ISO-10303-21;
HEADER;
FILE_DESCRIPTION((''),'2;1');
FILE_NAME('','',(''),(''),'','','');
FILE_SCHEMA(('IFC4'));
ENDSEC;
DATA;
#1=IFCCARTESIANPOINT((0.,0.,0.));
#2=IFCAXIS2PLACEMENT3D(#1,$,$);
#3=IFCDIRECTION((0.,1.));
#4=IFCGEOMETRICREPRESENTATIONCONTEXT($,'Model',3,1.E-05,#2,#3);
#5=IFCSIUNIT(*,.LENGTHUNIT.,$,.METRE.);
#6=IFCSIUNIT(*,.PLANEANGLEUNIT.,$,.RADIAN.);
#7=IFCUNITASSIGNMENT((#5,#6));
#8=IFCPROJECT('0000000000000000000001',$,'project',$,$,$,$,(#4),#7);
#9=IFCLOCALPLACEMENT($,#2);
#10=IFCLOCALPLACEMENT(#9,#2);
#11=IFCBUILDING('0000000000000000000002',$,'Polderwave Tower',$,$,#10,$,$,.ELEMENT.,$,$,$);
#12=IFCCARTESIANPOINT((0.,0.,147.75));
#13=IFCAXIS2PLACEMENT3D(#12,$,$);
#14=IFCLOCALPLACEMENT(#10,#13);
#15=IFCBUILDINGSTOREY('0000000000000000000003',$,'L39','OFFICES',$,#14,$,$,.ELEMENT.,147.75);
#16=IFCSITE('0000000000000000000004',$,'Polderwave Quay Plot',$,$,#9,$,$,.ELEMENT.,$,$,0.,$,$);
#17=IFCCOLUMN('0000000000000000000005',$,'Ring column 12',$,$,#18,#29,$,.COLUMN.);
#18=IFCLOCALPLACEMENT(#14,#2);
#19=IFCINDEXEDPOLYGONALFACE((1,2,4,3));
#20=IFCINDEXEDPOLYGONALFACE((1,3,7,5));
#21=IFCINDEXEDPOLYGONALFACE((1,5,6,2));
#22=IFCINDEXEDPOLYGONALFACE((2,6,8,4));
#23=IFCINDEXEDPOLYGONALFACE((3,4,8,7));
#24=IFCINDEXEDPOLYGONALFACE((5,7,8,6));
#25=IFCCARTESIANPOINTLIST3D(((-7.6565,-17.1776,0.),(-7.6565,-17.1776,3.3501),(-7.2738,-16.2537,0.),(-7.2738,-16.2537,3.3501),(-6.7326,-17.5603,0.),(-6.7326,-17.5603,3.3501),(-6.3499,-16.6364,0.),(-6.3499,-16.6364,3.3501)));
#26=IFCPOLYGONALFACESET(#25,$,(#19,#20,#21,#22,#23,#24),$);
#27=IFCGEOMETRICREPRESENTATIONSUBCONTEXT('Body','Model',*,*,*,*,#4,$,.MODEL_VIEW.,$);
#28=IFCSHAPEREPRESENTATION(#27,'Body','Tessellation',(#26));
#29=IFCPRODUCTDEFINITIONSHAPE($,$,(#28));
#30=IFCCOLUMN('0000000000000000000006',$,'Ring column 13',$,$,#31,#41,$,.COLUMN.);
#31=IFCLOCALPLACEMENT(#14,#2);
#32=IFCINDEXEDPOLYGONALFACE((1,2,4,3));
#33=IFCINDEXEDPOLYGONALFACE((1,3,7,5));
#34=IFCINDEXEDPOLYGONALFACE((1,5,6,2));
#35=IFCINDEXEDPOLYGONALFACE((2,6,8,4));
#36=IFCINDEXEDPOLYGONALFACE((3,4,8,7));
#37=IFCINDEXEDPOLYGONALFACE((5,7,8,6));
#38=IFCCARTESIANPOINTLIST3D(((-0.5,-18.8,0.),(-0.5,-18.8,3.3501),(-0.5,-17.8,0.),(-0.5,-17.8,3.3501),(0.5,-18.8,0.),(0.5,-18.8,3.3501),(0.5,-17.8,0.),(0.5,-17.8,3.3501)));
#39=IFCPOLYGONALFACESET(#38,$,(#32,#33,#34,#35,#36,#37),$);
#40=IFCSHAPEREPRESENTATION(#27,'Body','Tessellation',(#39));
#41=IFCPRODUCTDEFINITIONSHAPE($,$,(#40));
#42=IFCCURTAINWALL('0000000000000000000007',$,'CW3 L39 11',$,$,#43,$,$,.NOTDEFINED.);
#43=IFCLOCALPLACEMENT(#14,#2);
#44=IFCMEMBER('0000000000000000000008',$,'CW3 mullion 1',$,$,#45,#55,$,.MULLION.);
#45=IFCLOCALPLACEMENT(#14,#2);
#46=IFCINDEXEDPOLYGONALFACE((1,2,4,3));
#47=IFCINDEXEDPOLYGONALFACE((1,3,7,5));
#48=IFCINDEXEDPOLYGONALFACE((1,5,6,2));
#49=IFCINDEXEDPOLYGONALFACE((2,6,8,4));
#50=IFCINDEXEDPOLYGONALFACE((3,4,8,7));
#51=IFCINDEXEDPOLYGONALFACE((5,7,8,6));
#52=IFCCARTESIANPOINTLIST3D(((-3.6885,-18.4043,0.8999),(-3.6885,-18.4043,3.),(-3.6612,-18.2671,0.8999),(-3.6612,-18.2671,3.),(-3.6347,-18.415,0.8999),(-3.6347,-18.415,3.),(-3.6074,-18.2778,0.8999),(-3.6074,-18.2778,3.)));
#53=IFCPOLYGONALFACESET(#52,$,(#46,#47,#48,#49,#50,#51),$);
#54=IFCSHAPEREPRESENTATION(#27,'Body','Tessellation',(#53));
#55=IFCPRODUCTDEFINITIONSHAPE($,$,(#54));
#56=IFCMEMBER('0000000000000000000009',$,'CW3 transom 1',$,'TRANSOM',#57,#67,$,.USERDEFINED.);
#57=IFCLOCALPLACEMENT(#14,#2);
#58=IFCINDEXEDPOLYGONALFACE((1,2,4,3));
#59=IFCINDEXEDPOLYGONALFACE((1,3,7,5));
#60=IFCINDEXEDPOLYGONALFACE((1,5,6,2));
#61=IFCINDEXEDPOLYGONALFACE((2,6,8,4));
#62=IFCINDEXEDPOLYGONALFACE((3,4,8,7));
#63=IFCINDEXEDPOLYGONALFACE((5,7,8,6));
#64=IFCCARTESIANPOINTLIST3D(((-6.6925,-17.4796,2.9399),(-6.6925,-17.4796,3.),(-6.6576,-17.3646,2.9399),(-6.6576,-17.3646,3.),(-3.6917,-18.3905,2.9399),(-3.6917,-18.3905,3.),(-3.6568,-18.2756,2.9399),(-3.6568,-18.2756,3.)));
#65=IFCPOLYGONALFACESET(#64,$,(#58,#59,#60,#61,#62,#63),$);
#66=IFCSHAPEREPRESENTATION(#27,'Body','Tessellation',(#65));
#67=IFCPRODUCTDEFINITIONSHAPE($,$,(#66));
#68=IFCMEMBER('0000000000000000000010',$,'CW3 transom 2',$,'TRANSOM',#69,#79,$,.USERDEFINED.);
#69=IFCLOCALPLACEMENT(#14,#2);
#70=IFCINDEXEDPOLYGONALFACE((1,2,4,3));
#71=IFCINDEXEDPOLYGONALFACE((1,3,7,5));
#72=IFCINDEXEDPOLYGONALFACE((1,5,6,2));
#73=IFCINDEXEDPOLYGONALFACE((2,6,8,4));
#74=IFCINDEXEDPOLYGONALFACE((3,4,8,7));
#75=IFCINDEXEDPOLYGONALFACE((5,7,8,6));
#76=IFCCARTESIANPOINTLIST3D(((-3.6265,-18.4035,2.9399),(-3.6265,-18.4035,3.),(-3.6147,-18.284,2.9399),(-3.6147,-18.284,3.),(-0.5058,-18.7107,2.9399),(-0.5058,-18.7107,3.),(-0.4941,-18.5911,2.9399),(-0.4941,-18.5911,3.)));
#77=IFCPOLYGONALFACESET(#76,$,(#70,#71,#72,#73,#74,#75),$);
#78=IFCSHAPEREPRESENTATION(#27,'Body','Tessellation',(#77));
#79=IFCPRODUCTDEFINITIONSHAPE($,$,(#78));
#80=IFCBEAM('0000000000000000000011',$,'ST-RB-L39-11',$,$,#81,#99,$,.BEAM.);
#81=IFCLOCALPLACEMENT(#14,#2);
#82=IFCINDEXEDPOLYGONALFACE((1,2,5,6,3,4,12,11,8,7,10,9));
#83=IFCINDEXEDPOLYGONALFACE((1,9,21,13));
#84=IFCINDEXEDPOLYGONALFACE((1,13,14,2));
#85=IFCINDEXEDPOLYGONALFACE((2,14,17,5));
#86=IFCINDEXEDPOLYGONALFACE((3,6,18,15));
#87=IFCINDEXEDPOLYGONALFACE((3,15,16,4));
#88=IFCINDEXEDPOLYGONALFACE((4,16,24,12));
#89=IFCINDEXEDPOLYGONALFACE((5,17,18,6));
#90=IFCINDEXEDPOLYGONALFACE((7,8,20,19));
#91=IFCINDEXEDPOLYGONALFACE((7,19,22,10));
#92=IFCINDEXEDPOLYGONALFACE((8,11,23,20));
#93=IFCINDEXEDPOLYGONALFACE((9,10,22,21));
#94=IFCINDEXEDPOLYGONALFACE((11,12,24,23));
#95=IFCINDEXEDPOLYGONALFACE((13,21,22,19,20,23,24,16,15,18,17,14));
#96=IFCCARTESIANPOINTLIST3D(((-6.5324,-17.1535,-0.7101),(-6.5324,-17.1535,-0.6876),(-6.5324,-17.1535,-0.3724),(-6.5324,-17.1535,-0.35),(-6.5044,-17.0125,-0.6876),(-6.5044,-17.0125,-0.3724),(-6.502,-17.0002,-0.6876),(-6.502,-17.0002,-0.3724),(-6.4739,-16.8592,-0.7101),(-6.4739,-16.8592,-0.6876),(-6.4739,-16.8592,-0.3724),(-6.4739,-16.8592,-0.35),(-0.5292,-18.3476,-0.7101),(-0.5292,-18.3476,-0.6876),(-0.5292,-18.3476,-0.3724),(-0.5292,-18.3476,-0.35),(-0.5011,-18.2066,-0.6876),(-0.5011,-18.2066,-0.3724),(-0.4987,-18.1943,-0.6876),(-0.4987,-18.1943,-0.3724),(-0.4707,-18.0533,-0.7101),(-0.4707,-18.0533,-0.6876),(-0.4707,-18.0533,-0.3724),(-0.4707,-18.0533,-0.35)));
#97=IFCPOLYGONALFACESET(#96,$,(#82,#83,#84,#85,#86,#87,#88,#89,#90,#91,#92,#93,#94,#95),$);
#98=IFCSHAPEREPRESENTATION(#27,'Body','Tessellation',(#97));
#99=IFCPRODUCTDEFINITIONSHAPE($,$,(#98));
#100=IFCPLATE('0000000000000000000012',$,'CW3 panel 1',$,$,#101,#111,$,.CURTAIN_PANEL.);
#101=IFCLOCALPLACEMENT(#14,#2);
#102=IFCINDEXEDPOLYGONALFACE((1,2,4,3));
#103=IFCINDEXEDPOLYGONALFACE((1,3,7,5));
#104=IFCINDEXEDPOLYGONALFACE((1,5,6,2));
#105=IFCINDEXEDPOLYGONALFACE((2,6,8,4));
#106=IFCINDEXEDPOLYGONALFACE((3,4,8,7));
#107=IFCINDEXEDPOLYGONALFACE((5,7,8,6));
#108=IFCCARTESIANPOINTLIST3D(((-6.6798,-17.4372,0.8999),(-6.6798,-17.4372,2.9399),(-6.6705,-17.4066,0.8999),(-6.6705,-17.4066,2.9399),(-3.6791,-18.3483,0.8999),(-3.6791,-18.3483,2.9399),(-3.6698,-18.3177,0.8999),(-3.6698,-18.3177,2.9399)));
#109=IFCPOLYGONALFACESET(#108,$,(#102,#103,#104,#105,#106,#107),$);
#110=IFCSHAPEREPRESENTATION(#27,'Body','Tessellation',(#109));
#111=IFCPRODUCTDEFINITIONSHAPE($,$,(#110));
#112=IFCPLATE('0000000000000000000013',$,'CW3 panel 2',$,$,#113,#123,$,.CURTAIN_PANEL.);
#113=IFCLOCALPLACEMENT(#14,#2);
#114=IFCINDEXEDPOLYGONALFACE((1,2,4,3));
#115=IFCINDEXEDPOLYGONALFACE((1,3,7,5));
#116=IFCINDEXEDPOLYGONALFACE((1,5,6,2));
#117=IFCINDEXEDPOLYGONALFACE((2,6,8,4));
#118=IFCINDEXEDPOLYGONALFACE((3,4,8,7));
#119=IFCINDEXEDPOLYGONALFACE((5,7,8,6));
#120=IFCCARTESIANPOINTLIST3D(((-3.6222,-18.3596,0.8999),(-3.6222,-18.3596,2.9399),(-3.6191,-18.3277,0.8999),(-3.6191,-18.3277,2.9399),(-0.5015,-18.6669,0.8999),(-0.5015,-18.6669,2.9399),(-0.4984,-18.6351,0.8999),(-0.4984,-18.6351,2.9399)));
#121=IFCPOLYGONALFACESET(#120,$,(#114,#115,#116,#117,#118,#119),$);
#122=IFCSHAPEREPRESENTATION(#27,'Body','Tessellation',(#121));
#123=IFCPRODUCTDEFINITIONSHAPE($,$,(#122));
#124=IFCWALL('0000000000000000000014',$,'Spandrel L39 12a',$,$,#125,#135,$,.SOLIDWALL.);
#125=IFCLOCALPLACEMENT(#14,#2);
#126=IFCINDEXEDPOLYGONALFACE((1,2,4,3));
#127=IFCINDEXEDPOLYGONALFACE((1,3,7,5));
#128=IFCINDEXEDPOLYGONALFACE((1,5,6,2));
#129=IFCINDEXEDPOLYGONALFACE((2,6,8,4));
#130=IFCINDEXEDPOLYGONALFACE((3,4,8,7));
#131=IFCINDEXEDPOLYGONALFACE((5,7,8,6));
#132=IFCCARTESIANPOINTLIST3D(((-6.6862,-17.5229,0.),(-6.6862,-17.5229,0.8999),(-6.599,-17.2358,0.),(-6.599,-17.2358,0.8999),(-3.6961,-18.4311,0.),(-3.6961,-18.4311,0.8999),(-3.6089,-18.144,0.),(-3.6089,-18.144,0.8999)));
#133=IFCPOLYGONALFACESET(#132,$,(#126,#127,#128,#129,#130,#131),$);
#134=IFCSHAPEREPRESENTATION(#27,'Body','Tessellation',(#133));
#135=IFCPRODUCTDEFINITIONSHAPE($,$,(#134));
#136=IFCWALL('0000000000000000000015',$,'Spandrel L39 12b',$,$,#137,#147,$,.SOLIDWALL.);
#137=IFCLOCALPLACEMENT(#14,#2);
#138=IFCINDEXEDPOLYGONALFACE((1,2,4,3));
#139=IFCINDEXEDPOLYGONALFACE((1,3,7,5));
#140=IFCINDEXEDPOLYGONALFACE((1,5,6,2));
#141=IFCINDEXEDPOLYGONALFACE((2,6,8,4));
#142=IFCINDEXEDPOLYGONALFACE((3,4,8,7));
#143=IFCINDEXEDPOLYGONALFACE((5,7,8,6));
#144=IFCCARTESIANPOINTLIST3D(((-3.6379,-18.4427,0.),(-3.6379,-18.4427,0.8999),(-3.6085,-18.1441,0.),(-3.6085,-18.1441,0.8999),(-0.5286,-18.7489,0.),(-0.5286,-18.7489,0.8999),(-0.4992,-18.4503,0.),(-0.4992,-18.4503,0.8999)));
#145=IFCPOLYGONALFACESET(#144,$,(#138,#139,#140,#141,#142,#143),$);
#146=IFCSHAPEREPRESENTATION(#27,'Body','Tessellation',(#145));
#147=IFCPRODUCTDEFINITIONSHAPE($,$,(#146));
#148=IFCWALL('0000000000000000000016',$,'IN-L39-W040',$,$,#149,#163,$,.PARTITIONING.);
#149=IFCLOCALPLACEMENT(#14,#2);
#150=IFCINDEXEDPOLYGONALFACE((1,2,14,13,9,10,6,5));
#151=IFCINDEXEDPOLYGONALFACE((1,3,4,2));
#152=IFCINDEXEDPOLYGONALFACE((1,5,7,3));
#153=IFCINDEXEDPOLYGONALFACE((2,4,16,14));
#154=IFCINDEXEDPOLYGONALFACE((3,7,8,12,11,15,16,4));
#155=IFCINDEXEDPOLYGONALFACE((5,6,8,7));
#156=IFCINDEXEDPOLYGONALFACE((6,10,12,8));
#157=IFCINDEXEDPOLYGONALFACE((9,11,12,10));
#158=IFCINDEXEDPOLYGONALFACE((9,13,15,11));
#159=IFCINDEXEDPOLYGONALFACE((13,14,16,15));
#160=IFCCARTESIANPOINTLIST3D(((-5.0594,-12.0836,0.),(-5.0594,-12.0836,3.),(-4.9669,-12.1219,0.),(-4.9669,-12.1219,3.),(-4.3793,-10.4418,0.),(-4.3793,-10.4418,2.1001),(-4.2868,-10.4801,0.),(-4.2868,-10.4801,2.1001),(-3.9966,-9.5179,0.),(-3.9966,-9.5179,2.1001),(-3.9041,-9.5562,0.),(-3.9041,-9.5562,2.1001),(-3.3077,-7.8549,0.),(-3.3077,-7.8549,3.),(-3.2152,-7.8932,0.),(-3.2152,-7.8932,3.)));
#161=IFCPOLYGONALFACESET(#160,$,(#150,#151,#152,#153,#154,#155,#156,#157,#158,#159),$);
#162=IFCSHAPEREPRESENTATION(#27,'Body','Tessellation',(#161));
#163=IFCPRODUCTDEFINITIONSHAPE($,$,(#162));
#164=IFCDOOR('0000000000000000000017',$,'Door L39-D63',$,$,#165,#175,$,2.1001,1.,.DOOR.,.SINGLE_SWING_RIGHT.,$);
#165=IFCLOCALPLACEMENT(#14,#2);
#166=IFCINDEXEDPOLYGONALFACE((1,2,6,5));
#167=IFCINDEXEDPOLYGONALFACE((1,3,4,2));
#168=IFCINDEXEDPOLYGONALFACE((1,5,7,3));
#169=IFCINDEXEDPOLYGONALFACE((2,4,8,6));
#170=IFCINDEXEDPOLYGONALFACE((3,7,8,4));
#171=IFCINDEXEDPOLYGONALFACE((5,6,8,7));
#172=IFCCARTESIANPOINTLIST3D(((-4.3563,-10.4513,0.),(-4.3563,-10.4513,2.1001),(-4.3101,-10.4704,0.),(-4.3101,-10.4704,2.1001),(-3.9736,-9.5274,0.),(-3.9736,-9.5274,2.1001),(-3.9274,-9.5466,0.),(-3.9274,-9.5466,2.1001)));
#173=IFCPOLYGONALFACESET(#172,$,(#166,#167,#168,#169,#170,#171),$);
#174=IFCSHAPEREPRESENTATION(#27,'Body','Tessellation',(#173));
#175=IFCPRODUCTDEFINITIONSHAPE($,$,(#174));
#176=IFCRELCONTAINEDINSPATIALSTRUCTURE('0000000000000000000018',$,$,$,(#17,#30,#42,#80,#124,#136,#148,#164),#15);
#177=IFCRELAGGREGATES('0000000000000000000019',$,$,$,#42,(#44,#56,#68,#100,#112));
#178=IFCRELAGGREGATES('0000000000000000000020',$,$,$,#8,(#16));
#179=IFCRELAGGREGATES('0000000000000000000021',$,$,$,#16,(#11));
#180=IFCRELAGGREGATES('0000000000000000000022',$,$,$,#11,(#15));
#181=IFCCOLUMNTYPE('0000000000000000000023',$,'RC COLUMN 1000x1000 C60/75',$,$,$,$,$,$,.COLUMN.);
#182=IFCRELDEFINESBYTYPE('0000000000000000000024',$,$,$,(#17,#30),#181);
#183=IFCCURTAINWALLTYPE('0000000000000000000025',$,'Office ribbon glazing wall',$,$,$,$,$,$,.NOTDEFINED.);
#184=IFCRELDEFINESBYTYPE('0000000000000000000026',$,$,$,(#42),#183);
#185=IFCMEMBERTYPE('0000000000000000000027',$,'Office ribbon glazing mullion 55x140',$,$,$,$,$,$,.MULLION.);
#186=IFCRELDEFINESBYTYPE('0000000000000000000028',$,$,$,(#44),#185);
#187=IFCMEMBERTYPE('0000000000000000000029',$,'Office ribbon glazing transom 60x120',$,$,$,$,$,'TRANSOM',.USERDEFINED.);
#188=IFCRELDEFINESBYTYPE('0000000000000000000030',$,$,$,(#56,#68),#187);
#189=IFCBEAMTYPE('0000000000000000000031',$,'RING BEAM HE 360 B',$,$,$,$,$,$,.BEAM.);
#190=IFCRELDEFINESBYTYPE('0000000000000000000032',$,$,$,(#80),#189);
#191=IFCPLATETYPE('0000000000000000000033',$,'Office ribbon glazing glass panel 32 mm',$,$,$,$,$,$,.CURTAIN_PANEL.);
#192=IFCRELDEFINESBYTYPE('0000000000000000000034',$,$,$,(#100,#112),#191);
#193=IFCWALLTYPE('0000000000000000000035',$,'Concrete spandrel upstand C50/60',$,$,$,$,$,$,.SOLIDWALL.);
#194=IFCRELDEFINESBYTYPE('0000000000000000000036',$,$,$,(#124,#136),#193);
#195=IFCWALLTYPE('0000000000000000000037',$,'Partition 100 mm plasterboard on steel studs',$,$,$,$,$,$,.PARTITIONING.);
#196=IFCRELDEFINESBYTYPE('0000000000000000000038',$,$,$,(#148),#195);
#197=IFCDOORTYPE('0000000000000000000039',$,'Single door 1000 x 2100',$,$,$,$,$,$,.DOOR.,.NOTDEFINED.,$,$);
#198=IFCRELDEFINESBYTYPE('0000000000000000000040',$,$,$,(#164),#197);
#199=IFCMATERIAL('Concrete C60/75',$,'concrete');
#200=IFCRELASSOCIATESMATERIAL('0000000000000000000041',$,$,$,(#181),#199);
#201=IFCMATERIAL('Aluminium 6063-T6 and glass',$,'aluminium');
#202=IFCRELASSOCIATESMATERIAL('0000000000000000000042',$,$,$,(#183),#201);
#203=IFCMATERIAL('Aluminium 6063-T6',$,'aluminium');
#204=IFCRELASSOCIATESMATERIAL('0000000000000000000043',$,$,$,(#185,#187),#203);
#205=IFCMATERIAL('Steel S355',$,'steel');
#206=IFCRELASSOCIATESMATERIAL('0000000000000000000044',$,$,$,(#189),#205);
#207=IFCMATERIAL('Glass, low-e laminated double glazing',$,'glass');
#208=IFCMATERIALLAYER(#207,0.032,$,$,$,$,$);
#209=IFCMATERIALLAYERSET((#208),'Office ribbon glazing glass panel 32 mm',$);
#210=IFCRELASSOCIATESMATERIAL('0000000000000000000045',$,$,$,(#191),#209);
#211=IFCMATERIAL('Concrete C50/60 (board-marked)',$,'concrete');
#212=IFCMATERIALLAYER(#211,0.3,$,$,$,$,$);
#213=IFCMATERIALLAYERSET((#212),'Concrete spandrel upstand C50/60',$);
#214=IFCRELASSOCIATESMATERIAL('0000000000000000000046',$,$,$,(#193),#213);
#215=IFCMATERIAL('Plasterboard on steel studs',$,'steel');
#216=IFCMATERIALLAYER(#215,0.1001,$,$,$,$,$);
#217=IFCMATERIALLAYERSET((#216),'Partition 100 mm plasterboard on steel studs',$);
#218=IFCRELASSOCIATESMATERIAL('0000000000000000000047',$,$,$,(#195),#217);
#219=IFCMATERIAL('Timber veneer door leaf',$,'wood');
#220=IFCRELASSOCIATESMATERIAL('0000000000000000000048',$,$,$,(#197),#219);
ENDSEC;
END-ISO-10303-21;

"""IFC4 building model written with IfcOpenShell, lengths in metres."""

from ifc_helpers import new_model, si_unit, direction, frame, frame_2d, origin, origin_2d, place, context, subcontext, project, spatial, rectangle, i_section, extrude, material, layer, layer_set, material_profile, profile_set, type_object, element, fill, aggregate, save


model = new_model("IFC4")

# Units and contexts
model_context = context("Model", 3, precision=1e-05, world=origin(), true_north=direction((0.0, 1.0)))
body_context = subcontext(model_context, "Body", "Model", "MODEL_VIEW")
ifc_project = project(units=[si_unit("LENGTHUNIT", "METRE"), si_unit("PLANEANGLEUNIT", "RADIAN")], contexts=[model_context])

# Site, building, storey
site_placement = place(None, origin())
site = spatial("IfcSite", under=ifc_project, at=site_placement, Name="Polderwave Quay Plot", CompositionType="ELEMENT", RefElevation=0.0)
building_placement = place(site_placement, origin())
building = spatial("IfcBuilding", under=site, at=building_placement, Name="Polderwave Tower", CompositionType="ELEMENT")
storey_placement = place(building_placement, frame((0.0, 0.0, 147.75)))
storey = spatial("IfcBuildingStorey", under=building, at=storey_placement, Name="L39", Description="OFFICES", CompositionType="ELEMENT", Elevation=147.75)

# Columns
ifc_material_1 = material(Name="Concrete C60/75", Category="concrete")
ifc_material_profile_1 = material_profile(ifc_material_1, rectangle(XDim=1.0, YDim=1.0, at=origin_2d()), Name="RC 1000x1000")
ifc_profile_set_1 = profile_set([ifc_material_profile_1], Name="Concrete C60/75")
column_type = type_object("IfcColumnType", Name="RC COLUMN 1000x1000 C60/75", PredefinedType="COLUMN", material=ifc_profile_set_1)
for number, where, z_axis, x_axis, name in (
    (1, (-7.0032, -16.907, 0.0), (0.0, 0.0, 1.0), (-0.382683, -0.92388, 0.0), "Ring column 12"),
    (2, (0.0, -18.3, 0.0), (0.0, 0.0, 1.0), (0.0, -1.0, 0.0), "Ring column 13"),
):
    element("IfcColumn", number, at=place(storey_placement, frame(where, z_axis=z_axis, x_axis=x_axis)), inside=storey, type_object=column_type, Name=name, PredefinedType="COLUMN", context=body_context, shape_type="SweptSolid", body=[
        extrude(rectangle(XDim=1.0, YDim=1.0, at=origin_2d()), origin(), (0.0, 0.0, 1.0), 3.3501),
    ])

# Curtain wall, members
ifc_material_2 = material(Name="Aluminium 6063-T6 and glass", Category="aluminium")
curtain_wall_type = type_object("IfcCurtainWallType", Name="Office ribbon glazing wall", PredefinedType="NOTDEFINED", material=ifc_material_2)
curtain_wall_placement = place(storey_placement, origin())
curtain_wall = element("IfcCurtainWall", 3, at=curtain_wall_placement, inside=storey, type_object=curtain_wall_type, Name="CW3 L39 11", PredefinedType="NOTDEFINED")
ifc_material_3 = material(Name="Aluminium 6063-T6", Category="aluminium")
ifc_material_profile_2 = material_profile(ifc_material_3, rectangle(XDim=0.1399, YDim=0.0549, at=origin_2d()), Name="AL 55x140")
ifc_profile_set_2 = profile_set([ifc_material_profile_2], Name="Aluminium 6063-T6")
member_type_1 = type_object("IfcMemberType", Name="Office ribbon glazing mullion 55x140", PredefinedType="MULLION", material=ifc_profile_set_2)
member_1_placement = place(storey_placement, frame((-3.6479, -18.3411, 0.8999), z_axis=(0.0, 0.0, 1.0), x_axis=(0.195196, 0.980764, 0.0)))
member_1 = element("IfcMember", 4, at=member_1_placement, type_object=member_type_1, Name="CW3 mullion 1", PredefinedType="MULLION", context=body_context, shape_type="SweptSolid", body=[
    extrude(rectangle(XDim=0.1399, YDim=0.0549, at=origin_2d()), origin(), (0.0, 0.0, 1.0), 2.1001),
])
ifc_material_profile_3 = material_profile(ifc_material_3, rectangle(XDim=0.1201, YDim=0.0601, at=origin_2d()), Name="AL 60x120")
ifc_profile_set_3 = profile_set([ifc_material_profile_3], Name="Aluminium 6063-T6")
member_type_2 = type_object("IfcMemberType", Name="Office ribbon glazing transom 60x120", ElementType="TRANSOM", PredefinedType="USERDEFINED", material=ifc_profile_set_3)
member_2_placement = place(storey_placement, frame((-6.675, -17.4221, 2.97), z_axis=(0.956885, -0.290468, 0.0), x_axis=(0.290468, 0.956885, 0.0)))
member_2 = element("IfcMember", 5, at=member_2_placement, type_object=member_type_2, Name="CW3 transom 1", ObjectType="TRANSOM", PredefinedType="USERDEFINED", context=body_context, shape_type="SweptSolid", body=[
    extrude(rectangle(XDim=0.1201, YDim=0.0601, at=origin_2d()), origin(), (0.0, 0.0, 1.0), 3.136),
])
member_3_placement = place(storey_placement, frame((-3.6206, -18.3438, 2.97), z_axis=(0.995192, -0.097946, 0.0), x_axis=(0.097946, 0.995192, 0.0)))
member_3 = element("IfcMember", 6, at=member_3_placement, type_object=member_type_2, Name="CW3 transom 2", ObjectType="TRANSOM", PredefinedType="USERDEFINED", context=body_context, shape_type="SweptSolid", body=[
    extrude(rectangle(XDim=0.1201, YDim=0.0601, at=origin_2d()), origin(), (0.0, 0.0, 1.0), 3.1357),
])

# Beam
ifc_material_4 = material(Name="Steel S355", Category="steel")
ifc_material_profile_4 = material_profile(ifc_material_4, i_section(OverallWidth=0.3, OverallDepth=0.3601, WebThickness=0.0125, FlangeThickness=0.0225, at=origin_2d()), Name="HE 360 B")
ifc_profile_set_4 = profile_set([ifc_material_profile_4], Name="Steel S355")
beam_type = type_object("IfcBeamType", Name="RING BEAM HE 360 B", PredefinedType="BEAM", material=ifc_profile_set_4)
beam_placement = place(storey_placement, frame((-6.5032, -17.0063, -0.53), z_axis=(0.980786, -0.195088, 0.0), x_axis=(0.195088, 0.980786, 0.0)))
element("IfcBeam", 7, at=beam_placement, inside=storey, type_object=beam_type, Name="ST-RB-L39-11", PredefinedType="BEAM", context=body_context, shape_type="SweptSolid", body=[
    extrude(i_section(OverallWidth=0.3, OverallDepth=0.3601, WebThickness=0.0125, FlangeThickness=0.0225, at=origin_2d()), origin(), (0.0, 0.0, 1.0), 6.1208),
])

# Plates
ifc_material_5 = material(Name="Glass, low-e laminated double glazing", Category="glass")
ifc_layer_1 = layer(ifc_material_5, 0.032)
ifc_layer_set_1 = layer_set([ifc_layer_1], Name="Office ribbon glazing glass panel 32 mm")
plate_type = type_object("IfcPlateType", Name="Office ribbon glazing glass panel 32 mm", PredefinedType="CURTAIN_PANEL", material=ifc_layer_set_1)
plate_1_placement = place(storey_placement, frame((-5.1748, -17.8774, 0.8999), z_axis=(0.0, 0.0, 1.0), x_axis=(0.956873, -0.290507, 0.0)))
plate_1 = element("IfcPlate", 8, at=plate_1_placement, type_object=plate_type, Name="CW3 panel 1", PredefinedType="CURTAIN_PANEL", context=body_context, shape_type="SweptSolid", body=[
    extrude(rectangle(XDim=3.136, YDim=0.032, at=origin_2d()), origin(), (0.0, 0.0, 1.0), 2.04),
])
plate_2_placement = place(storey_placement, frame((-2.0603, -18.4973, 0.8999), z_axis=(0.0, 0.0, 1.0), x_axis=(0.995186, -0.098002, 0.0)))
plate_2 = element("IfcPlate", 9, at=plate_2_placement, type_object=plate_type, Name="CW3 panel 2", PredefinedType="CURTAIN_PANEL", context=body_context, shape_type="SweptSolid", body=[
    extrude(rectangle(XDim=3.1357, YDim=0.032, at=origin_2d()), origin(), (0.0, 0.0, 1.0), 2.04),
])
aggregate(curtain_wall, [member_1, member_2, member_3, plate_1, plate_2])

# Walls
ifc_material_6 = material(Name="Concrete C50/60 (board-marked)", Category="concrete")
ifc_layer_2 = layer(ifc_material_6, 0.3)
ifc_layer_set_2 = layer_set([ifc_layer_2], Name="Concrete spandrel upstand C50/60")
wall_type_1 = type_object("IfcWallType", Name="Concrete spandrel upstand C50/60", PredefinedType="SOLIDWALL", material=ifc_layer_set_2)
wall_1_placement = place(storey_placement, frame((-6.6426, -17.3794, 0.0), z_axis=(0.0, 0.0, 1.0), x_axis=(0.95684, -0.290614, 0.0)))
element("IfcWall", 10, at=wall_1_placement, inside=storey, type_object=wall_type_1, Name="Spandrel L39 12a", PredefinedType="SOLIDWALL", context=body_context, shape_type="SweptSolid", body=[
    extrude(rectangle(XDim=3.125, YDim=0.3, at=frame_2d((1.5625, 0.0))), origin(), (0.0, 0.0, 1.0), 0.8999),
])
wall_2_placement = place(storey_placement, frame((-3.623, -18.2935, 0.0), z_axis=(0.0, 0.0, 1.0), x_axis=(0.995187, -0.097995, 0.0)))
element("IfcWall", 11, at=wall_2_placement, inside=storey, type_object=wall_type_1, Name="Spandrel L39 12b", PredefinedType="SOLIDWALL", context=body_context, shape_type="SweptSolid", body=[
    extrude(rectangle(XDim=3.1243, YDim=0.3, at=frame_2d((1.562, 0.0))), origin(), (0.0, 0.0, 1.0), 0.8999),
])

# Wall, opening, door
ifc_material_7 = material(Name="Plasterboard on steel studs", Category="steel")
ifc_layer_3 = layer(ifc_material_7, 0.1001)
ifc_layer_set_3 = layer_set([ifc_layer_3], Name="Partition 100 mm plasterboard on steel studs")
wall_type_2 = type_object("IfcWallType", Name="Partition 100 mm plasterboard on steel studs", PredefinedType="PARTITIONING", material=ifc_layer_set_3)
wall_3_placement = place(storey_placement, frame((-3.2615, -7.874, 0.0), z_axis=(0.0, 0.0, 1.0), x_axis=(-0.382702, -0.923872, 0.0)))
wall_3 = element("IfcWall", 12, at=wall_3_placement, inside=storey, type_object=wall_type_2, Name="IN-L39-W040", PredefinedType="PARTITIONING", context=body_context, shape_type="SweptSolid", body=[
    extrude(rectangle(XDim=4.5771, YDim=0.1001, at=frame_2d((2.2886, 0.0))), origin(), (0.0, 0.0, 1.0), 3.0),
])
opening_1_placement = place(wall_3_placement, frame((1.8, 0.0, 0.0)))
opening_1 = element("IfcOpeningElement", 13, at=opening_1_placement, cuts=wall_3, PredefinedType="OPENING", context=body_context, shape_type="SweptSolid", body=[
    extrude(rectangle(XDim=1.0, YDim=2.1001, at=frame_2d((0.5, 1.05))), frame((0.0, 0.0601, 0.0), z_axis=(0.0, -1.0, 0.0), x_axis=(1.0, 0.0, 0.0)), (0.0, 0.0, 1.0), 0.1201),
])
ifc_material_8 = material(Name="Timber veneer door leaf", Category="wood")
door_type = type_object("IfcDoorType", Name="Single door 1000 x 2100", OperationType="NOTDEFINED", PredefinedType="DOOR", material=ifc_material_8)
door_1_placement = place(opening_1_placement, origin())
door_1 = element("IfcDoor", 14, at=door_1_placement, inside=storey, type_object=door_type, Name="Door L39-D63", OperationType="SINGLE_SWING_RIGHT", OverallHeight=2.1001, OverallWidth=1.0, PredefinedType="DOOR", context=body_context, shape_type="SweptSolid", body=[
    extrude(rectangle(XDim=1.0, YDim=2.1001, at=frame_2d((0.5, 1.05))), frame((0.0, 0.0249, 0.0), z_axis=(0.0, -1.0, 0.0), x_axis=(1.0, 0.0, 0.0)), (0.0, 0.0, 1.0), 0.05),
])
fill(opening_1, door_1)

save(model, "model.ifc")
